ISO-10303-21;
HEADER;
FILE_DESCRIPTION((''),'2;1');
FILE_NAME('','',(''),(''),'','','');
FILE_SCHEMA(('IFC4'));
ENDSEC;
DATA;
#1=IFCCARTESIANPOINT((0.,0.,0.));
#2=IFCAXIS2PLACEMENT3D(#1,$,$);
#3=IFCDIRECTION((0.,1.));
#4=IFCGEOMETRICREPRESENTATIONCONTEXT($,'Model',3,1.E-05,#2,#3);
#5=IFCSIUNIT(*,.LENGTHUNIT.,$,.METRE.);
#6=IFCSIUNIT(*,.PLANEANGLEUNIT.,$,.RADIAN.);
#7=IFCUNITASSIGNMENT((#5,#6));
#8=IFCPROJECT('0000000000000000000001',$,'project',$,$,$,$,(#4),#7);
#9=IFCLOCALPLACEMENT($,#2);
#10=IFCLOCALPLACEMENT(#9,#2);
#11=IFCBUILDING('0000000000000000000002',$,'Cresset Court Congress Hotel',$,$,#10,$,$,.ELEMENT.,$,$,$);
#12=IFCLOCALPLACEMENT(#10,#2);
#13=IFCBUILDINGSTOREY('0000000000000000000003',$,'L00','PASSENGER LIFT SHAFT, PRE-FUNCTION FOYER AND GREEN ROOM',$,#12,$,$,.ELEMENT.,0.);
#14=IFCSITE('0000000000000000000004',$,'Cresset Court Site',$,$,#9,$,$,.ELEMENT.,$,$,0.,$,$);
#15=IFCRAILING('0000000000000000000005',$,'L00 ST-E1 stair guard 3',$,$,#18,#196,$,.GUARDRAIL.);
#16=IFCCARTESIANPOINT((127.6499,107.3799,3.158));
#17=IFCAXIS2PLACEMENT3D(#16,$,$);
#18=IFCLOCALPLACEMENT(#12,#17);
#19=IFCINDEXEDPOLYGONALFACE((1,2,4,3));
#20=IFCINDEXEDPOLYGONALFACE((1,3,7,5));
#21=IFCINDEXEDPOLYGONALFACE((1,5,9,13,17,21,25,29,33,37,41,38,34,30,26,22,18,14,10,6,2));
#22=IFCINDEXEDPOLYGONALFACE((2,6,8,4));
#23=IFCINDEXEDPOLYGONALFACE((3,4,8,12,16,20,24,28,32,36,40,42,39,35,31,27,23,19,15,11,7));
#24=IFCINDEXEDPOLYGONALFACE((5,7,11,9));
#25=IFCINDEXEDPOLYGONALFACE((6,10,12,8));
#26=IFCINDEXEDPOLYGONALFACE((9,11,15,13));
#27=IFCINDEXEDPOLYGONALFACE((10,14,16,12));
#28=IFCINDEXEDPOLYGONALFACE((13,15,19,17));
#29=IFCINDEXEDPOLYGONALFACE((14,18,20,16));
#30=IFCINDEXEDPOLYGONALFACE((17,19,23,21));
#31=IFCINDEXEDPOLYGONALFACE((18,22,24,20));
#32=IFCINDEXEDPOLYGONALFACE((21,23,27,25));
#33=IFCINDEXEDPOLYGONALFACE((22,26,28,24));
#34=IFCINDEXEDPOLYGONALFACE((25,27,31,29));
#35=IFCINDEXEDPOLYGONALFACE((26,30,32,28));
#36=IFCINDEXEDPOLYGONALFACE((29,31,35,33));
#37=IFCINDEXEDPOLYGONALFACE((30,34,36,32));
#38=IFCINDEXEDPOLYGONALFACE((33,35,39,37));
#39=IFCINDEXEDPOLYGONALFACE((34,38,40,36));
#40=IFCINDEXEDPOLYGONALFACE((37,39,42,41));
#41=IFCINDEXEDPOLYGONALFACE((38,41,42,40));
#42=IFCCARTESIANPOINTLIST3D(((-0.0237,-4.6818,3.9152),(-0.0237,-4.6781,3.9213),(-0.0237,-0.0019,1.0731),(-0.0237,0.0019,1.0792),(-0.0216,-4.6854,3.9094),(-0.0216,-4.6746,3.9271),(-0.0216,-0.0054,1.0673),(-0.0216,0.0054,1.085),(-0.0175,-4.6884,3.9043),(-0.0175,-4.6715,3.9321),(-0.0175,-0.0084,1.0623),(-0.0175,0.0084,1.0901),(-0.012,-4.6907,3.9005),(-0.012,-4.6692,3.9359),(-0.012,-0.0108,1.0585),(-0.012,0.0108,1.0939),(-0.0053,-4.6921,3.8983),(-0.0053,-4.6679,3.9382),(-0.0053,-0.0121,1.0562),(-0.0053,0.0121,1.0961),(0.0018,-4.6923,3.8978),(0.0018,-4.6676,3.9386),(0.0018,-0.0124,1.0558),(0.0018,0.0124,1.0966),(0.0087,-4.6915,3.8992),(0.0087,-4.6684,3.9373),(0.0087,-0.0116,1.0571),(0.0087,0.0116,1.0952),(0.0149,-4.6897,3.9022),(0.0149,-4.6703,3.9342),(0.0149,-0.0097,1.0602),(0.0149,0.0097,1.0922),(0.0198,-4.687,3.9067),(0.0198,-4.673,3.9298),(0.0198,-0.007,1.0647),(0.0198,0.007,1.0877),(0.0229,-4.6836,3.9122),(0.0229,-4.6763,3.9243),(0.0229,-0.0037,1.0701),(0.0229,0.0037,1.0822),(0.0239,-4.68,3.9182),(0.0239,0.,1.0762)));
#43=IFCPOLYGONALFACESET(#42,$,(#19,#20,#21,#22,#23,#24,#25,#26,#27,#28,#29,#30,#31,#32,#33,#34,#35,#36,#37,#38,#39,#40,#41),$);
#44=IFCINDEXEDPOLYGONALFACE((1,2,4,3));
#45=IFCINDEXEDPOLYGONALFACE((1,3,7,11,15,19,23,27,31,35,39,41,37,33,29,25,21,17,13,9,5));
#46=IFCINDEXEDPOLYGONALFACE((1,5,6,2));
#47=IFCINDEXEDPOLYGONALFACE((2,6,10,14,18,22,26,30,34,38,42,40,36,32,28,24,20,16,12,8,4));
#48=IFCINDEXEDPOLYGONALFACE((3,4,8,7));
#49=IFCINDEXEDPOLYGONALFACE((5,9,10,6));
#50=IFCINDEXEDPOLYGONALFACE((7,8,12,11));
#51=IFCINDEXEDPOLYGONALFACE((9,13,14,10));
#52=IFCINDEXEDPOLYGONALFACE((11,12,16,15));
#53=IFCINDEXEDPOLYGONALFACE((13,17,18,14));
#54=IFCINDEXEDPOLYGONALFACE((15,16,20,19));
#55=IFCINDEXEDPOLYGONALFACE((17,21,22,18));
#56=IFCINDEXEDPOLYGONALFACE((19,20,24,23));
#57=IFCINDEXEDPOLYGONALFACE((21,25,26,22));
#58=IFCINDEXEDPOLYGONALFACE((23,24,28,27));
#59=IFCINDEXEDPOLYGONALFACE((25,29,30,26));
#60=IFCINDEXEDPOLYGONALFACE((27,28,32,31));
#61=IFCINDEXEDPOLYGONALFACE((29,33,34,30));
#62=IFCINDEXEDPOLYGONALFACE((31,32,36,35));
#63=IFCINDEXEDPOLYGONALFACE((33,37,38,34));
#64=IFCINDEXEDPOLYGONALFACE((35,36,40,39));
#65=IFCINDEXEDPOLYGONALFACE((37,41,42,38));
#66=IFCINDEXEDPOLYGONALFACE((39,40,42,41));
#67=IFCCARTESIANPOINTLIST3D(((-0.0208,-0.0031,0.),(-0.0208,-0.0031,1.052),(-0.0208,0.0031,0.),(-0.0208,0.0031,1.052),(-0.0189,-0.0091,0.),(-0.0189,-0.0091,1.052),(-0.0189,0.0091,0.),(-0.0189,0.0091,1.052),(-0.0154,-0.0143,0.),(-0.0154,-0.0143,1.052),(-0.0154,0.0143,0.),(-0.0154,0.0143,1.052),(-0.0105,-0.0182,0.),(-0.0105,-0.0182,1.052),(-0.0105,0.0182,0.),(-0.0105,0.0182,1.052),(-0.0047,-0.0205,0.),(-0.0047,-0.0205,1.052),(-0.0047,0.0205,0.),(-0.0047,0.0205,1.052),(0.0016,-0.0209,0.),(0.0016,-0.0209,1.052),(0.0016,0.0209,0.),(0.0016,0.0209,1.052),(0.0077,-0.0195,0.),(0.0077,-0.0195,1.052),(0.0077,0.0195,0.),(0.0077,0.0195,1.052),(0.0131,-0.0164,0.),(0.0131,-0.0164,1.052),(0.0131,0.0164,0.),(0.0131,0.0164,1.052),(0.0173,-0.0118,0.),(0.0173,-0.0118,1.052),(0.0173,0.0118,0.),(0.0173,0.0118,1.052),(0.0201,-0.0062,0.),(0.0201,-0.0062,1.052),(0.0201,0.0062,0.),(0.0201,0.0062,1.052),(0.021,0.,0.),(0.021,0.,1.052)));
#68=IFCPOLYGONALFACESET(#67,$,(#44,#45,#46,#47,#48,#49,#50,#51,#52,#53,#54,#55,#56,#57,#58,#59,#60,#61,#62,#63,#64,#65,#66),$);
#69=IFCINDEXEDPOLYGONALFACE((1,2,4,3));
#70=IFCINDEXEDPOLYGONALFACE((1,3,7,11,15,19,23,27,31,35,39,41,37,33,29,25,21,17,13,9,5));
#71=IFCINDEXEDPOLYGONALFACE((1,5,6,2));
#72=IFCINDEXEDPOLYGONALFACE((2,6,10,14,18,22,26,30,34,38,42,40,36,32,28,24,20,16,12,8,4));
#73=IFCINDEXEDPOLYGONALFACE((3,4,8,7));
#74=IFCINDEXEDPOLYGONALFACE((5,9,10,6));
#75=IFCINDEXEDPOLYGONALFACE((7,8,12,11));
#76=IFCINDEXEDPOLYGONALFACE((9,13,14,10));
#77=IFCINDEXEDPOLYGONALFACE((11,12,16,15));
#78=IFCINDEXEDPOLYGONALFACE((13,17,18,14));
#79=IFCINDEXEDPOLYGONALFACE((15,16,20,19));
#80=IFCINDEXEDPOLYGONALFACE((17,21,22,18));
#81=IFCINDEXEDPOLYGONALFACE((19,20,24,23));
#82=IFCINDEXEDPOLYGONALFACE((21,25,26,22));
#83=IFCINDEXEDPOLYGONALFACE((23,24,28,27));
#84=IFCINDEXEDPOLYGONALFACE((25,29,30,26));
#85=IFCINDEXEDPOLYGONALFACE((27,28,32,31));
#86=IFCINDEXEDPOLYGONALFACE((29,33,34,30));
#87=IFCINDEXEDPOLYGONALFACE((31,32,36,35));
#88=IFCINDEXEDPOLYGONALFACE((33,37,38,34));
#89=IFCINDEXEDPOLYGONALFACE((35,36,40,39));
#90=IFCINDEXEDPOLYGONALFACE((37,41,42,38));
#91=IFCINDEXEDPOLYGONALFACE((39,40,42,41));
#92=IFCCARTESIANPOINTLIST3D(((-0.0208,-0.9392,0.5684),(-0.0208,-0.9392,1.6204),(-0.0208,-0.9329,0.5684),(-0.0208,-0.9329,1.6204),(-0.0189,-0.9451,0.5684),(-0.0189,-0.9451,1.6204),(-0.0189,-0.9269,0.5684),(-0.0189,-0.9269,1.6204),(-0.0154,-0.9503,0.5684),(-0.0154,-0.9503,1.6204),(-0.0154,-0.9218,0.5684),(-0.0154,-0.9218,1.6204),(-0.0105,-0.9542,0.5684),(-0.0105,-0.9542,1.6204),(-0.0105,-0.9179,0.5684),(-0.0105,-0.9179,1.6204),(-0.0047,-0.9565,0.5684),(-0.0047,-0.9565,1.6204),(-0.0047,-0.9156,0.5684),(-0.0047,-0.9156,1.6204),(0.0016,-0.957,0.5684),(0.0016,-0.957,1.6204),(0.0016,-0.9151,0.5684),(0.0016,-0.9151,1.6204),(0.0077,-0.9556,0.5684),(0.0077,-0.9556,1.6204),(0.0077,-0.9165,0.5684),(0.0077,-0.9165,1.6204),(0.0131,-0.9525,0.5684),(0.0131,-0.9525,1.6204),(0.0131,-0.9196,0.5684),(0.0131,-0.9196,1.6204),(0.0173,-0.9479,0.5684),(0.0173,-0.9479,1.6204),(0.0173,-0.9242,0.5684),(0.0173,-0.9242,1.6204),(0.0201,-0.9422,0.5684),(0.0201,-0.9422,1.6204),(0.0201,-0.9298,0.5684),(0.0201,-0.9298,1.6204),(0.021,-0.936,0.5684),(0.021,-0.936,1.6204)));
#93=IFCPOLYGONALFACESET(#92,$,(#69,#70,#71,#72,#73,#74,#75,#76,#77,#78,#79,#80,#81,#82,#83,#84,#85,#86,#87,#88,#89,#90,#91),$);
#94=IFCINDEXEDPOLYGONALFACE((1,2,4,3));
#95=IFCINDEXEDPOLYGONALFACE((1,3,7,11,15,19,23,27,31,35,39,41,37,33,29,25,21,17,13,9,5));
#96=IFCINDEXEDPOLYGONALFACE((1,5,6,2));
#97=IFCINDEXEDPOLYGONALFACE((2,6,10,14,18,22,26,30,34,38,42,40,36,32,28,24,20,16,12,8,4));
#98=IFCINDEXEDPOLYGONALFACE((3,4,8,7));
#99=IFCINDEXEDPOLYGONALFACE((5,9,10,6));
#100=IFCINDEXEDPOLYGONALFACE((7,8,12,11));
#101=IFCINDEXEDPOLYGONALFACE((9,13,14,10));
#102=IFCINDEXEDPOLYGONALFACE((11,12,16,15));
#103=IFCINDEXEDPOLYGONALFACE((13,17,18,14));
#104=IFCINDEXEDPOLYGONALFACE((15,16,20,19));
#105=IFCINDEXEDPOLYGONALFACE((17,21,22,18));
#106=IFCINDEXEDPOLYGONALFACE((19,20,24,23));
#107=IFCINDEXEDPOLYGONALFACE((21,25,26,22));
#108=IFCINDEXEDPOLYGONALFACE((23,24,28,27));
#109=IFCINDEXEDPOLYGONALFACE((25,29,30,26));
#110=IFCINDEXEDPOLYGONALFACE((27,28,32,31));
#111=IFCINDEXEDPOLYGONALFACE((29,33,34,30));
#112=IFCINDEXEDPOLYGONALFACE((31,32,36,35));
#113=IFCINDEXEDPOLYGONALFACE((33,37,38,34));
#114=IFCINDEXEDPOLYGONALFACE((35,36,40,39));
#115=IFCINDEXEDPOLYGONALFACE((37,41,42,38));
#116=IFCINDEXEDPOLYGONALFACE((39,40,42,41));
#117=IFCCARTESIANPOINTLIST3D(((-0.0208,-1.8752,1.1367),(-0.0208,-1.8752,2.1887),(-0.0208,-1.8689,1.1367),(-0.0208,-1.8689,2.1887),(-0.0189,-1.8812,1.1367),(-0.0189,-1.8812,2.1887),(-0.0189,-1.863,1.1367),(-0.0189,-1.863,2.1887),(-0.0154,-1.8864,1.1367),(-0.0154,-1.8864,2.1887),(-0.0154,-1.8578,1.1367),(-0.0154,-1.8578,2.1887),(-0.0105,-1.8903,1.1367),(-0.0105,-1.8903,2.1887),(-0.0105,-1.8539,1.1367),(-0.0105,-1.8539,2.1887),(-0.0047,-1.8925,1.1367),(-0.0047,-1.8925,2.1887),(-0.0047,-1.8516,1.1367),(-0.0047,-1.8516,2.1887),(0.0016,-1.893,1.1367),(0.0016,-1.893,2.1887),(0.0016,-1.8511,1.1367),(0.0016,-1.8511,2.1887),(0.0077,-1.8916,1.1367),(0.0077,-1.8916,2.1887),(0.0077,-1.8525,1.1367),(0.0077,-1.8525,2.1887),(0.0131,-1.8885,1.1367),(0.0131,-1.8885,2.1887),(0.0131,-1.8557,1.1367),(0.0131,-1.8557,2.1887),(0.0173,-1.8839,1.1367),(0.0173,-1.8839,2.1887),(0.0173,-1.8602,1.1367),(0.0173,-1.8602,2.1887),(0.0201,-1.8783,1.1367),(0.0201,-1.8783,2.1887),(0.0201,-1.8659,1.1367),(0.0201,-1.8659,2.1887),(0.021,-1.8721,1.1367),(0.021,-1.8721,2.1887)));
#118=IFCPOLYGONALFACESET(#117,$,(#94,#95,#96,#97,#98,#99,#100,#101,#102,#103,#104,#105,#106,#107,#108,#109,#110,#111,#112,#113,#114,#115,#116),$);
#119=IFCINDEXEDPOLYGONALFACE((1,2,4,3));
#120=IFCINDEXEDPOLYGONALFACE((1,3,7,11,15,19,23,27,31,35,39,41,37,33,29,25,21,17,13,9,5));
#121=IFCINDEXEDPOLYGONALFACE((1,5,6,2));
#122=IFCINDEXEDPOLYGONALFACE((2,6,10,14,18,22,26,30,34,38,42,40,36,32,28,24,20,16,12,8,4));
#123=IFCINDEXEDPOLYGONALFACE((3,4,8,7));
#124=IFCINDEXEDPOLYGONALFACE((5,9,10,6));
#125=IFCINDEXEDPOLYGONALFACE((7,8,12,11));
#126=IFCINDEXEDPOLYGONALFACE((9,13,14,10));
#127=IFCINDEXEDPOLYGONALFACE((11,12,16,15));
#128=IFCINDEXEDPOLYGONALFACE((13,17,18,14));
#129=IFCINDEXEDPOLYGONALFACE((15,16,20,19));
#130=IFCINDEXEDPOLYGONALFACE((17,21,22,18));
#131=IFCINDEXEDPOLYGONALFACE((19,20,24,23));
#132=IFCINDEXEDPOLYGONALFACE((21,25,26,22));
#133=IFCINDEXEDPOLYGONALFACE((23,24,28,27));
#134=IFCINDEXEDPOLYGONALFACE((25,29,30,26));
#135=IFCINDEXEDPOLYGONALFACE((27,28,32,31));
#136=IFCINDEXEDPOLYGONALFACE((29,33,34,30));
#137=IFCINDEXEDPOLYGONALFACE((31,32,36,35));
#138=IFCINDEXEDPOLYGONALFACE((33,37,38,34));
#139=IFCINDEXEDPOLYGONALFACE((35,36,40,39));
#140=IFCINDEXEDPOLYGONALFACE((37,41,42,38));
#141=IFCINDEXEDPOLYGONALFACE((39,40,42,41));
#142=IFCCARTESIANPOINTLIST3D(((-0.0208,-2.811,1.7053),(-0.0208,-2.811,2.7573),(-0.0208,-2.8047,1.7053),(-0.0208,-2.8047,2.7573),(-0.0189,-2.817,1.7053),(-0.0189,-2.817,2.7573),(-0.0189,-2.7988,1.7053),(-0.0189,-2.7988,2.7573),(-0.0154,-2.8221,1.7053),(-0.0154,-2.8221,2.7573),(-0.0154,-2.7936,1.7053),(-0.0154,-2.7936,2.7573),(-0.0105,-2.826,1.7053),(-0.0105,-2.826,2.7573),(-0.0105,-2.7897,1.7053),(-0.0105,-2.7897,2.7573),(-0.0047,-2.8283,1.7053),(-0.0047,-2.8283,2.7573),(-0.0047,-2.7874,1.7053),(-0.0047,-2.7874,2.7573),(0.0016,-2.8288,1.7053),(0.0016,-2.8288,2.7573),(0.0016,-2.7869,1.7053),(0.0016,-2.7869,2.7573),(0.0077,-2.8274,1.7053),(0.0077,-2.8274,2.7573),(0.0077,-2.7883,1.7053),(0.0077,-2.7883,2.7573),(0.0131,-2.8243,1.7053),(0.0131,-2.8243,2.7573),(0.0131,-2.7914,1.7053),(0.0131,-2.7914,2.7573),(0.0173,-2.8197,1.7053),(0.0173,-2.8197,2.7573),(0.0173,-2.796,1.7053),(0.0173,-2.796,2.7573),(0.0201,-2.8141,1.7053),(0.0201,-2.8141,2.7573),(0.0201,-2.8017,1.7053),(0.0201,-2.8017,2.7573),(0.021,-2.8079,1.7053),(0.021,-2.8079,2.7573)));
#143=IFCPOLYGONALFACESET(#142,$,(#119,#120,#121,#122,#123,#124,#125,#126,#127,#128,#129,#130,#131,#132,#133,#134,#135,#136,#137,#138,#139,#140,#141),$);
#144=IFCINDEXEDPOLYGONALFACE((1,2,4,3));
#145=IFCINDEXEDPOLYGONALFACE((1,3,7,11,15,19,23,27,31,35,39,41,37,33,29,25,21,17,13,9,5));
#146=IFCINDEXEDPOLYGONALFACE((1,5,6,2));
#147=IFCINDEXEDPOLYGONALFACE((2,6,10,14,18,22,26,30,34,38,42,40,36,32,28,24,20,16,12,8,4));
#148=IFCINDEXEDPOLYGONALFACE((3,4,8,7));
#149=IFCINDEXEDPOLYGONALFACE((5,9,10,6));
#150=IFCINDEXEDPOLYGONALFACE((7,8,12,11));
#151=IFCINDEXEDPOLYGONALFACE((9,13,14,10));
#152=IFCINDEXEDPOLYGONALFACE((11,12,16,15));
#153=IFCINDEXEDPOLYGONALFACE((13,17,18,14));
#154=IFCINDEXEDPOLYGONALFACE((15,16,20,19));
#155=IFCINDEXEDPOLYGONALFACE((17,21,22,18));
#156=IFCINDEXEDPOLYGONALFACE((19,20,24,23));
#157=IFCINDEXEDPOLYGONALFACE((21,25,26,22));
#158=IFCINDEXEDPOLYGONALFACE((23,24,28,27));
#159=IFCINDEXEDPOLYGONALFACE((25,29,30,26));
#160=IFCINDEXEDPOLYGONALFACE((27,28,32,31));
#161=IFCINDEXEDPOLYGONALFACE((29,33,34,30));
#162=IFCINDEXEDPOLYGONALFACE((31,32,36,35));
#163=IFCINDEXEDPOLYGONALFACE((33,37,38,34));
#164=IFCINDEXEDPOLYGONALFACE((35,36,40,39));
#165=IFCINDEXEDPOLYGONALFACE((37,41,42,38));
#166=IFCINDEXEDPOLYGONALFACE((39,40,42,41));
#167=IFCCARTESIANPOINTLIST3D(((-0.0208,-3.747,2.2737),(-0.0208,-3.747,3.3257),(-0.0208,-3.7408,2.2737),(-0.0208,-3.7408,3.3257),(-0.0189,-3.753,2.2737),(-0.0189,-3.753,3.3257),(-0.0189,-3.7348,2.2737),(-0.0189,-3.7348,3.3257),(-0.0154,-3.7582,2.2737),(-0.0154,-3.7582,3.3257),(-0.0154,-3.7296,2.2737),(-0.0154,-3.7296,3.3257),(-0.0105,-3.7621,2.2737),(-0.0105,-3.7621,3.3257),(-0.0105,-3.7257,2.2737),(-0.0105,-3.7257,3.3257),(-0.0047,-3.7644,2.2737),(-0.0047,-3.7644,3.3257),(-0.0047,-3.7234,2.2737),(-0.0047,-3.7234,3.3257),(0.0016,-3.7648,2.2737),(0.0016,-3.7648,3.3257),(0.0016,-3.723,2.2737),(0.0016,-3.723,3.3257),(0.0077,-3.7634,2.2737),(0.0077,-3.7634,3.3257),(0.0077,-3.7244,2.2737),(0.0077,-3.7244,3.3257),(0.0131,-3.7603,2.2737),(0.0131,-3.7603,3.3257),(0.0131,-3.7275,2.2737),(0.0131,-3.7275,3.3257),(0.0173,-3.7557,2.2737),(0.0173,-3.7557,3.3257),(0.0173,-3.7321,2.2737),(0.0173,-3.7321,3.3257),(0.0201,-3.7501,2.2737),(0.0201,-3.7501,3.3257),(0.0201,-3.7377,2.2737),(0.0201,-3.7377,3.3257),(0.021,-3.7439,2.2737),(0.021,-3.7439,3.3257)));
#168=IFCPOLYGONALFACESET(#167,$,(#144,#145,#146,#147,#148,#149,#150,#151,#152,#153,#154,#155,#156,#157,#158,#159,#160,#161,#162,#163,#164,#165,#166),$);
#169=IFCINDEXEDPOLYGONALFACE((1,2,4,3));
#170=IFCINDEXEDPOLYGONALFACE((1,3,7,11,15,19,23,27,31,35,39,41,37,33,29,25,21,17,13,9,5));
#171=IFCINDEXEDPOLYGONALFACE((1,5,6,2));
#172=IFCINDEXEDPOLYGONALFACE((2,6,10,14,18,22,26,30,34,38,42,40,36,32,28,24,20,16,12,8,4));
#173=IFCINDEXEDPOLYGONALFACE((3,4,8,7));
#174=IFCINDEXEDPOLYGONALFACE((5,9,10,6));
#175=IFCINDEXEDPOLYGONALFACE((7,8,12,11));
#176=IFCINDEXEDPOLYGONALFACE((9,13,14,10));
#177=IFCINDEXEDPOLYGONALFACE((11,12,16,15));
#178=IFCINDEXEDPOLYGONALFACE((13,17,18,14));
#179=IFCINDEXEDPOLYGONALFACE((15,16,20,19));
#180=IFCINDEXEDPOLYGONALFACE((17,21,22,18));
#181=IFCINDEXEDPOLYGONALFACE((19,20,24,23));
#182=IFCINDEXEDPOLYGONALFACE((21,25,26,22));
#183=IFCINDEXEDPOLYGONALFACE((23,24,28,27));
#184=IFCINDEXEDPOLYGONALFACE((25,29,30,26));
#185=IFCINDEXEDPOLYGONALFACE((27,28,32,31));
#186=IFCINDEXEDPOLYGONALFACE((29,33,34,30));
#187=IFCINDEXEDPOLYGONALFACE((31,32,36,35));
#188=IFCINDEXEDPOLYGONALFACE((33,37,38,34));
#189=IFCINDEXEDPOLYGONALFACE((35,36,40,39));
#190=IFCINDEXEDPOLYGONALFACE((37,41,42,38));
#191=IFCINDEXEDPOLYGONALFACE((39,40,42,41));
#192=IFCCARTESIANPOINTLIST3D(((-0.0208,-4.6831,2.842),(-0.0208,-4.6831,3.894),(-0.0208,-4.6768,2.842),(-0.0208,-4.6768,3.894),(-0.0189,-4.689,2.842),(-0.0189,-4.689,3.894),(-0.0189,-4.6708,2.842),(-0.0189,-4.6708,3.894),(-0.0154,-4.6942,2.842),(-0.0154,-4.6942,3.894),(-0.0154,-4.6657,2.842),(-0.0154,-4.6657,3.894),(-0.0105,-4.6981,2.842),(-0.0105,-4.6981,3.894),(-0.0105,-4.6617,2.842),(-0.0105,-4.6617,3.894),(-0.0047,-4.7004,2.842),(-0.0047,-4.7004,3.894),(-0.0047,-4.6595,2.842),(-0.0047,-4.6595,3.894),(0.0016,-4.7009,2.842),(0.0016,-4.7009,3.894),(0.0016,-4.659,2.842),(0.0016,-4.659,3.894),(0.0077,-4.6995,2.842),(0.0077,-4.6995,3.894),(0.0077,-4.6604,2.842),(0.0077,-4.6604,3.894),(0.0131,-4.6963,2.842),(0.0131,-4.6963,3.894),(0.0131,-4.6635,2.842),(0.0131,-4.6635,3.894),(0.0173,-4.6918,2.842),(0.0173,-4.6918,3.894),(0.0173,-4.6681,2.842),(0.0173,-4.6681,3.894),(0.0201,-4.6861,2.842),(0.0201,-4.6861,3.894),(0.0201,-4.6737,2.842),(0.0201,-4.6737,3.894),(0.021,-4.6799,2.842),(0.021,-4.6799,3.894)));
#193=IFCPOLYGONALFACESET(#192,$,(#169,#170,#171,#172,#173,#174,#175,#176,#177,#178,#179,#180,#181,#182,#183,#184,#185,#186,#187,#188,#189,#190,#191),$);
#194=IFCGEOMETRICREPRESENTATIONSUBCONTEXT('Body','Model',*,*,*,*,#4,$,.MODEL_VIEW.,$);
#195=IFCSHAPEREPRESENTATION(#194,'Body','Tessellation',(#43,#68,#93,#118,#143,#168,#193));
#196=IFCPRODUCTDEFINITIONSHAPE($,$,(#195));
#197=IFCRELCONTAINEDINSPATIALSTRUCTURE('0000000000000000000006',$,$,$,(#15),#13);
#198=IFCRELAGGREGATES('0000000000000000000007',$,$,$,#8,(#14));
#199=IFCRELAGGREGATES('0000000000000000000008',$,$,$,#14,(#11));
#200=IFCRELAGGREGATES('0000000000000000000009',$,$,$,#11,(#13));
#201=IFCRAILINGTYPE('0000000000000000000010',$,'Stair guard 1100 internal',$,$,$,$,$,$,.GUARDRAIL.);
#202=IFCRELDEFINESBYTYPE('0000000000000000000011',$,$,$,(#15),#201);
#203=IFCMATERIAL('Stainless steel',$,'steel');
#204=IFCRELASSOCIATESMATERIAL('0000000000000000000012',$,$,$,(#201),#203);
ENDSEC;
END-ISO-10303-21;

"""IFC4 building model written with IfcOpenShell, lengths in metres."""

from ifc_helpers import new_model, si_unit, direction, frame, origin, origin_2d, place, context, subcontext, project, spatial, circle, extrude, material, type_object, element, save


model = new_model("IFC4")

# Units and contexts
model_context = context("Model", 3, precision=1e-05, world=origin(), true_north=direction((0.0, 1.0)))
body_context = subcontext(model_context, "Body", "Model", "MODEL_VIEW")
ifc_project = project(units=[si_unit("LENGTHUNIT", "METRE"), si_unit("PLANEANGLEUNIT", "RADIAN")], contexts=[model_context])

# Site, building, storey
site_placement = place(None, origin())
site = spatial("IfcSite", under=ifc_project, at=site_placement, Name="Cresset Court Site", CompositionType="ELEMENT", RefElevation=0.0)
building_placement = place(site_placement, origin())
building = spatial("IfcBuilding", under=site, at=building_placement, Name="Cresset Court Congress Hotel", CompositionType="ELEMENT")
storey_placement = place(building_placement, origin())
storey = spatial("IfcBuildingStorey", under=building, at=storey_placement, Name="L00", Description="PASSENGER LIFT SHAFT, PRE-FUNCTION FOYER AND GREEN ROOM", CompositionType="ELEMENT", Elevation=0.0)

# Railing
ifc_material_1 = material(Name="Stainless steel", Category="steel")
railing_type_1 = type_object("IfcRailingType", Name="Stair guard 1100 internal", PredefinedType="GUARDRAIL", material=ifc_material_1)
railing_1_placement = place(storey_placement, frame((127.6499, 107.3799, 3.158)))
element("IfcRailing", 1, at=railing_1_placement, inside=storey, type_object=railing_type_1, Name="L00 ST-E1 stair guard 3", PredefinedType="GUARDRAIL", context=body_context, shape_type="SweptSolid", body=[
    extrude(circle(Radius=0.0239, at=origin_2d()), frame((0.0, 0.0, 1.0762), z_axis=(0.0, -0.854735, 0.519065), x_axis=(1.0, 0.0, 0.0)), (0.0, 0.0, 1.0), 5.4753),
    extrude(circle(Radius=0.021, at=origin_2d()), origin(), (0.0, 0.0, 1.0), 1.052),
    extrude(circle(Radius=0.021, at=origin_2d()), frame((0.0, -0.936, 0.5684)), (0.0, 0.0, 1.0), 1.052),
    extrude(circle(Radius=0.021, at=origin_2d()), frame((0.0, -1.8721, 1.1367)), (0.0, 0.0, 1.0), 1.052),
    extrude(circle(Radius=0.021, at=origin_2d()), frame((0.0, -2.8079, 1.7053)), (0.0, 0.0, 1.0), 1.052),
    extrude(circle(Radius=0.021, at=origin_2d()), frame((0.0, -3.7439, 2.2737)), (0.0, 0.0, 1.0), 1.052),
    extrude(circle(Radius=0.021, at=origin_2d()), frame((0.0, -4.6799, 2.842)), (0.0, 0.0, 1.0), 1.052),
])

save(model, "model.ifc")
